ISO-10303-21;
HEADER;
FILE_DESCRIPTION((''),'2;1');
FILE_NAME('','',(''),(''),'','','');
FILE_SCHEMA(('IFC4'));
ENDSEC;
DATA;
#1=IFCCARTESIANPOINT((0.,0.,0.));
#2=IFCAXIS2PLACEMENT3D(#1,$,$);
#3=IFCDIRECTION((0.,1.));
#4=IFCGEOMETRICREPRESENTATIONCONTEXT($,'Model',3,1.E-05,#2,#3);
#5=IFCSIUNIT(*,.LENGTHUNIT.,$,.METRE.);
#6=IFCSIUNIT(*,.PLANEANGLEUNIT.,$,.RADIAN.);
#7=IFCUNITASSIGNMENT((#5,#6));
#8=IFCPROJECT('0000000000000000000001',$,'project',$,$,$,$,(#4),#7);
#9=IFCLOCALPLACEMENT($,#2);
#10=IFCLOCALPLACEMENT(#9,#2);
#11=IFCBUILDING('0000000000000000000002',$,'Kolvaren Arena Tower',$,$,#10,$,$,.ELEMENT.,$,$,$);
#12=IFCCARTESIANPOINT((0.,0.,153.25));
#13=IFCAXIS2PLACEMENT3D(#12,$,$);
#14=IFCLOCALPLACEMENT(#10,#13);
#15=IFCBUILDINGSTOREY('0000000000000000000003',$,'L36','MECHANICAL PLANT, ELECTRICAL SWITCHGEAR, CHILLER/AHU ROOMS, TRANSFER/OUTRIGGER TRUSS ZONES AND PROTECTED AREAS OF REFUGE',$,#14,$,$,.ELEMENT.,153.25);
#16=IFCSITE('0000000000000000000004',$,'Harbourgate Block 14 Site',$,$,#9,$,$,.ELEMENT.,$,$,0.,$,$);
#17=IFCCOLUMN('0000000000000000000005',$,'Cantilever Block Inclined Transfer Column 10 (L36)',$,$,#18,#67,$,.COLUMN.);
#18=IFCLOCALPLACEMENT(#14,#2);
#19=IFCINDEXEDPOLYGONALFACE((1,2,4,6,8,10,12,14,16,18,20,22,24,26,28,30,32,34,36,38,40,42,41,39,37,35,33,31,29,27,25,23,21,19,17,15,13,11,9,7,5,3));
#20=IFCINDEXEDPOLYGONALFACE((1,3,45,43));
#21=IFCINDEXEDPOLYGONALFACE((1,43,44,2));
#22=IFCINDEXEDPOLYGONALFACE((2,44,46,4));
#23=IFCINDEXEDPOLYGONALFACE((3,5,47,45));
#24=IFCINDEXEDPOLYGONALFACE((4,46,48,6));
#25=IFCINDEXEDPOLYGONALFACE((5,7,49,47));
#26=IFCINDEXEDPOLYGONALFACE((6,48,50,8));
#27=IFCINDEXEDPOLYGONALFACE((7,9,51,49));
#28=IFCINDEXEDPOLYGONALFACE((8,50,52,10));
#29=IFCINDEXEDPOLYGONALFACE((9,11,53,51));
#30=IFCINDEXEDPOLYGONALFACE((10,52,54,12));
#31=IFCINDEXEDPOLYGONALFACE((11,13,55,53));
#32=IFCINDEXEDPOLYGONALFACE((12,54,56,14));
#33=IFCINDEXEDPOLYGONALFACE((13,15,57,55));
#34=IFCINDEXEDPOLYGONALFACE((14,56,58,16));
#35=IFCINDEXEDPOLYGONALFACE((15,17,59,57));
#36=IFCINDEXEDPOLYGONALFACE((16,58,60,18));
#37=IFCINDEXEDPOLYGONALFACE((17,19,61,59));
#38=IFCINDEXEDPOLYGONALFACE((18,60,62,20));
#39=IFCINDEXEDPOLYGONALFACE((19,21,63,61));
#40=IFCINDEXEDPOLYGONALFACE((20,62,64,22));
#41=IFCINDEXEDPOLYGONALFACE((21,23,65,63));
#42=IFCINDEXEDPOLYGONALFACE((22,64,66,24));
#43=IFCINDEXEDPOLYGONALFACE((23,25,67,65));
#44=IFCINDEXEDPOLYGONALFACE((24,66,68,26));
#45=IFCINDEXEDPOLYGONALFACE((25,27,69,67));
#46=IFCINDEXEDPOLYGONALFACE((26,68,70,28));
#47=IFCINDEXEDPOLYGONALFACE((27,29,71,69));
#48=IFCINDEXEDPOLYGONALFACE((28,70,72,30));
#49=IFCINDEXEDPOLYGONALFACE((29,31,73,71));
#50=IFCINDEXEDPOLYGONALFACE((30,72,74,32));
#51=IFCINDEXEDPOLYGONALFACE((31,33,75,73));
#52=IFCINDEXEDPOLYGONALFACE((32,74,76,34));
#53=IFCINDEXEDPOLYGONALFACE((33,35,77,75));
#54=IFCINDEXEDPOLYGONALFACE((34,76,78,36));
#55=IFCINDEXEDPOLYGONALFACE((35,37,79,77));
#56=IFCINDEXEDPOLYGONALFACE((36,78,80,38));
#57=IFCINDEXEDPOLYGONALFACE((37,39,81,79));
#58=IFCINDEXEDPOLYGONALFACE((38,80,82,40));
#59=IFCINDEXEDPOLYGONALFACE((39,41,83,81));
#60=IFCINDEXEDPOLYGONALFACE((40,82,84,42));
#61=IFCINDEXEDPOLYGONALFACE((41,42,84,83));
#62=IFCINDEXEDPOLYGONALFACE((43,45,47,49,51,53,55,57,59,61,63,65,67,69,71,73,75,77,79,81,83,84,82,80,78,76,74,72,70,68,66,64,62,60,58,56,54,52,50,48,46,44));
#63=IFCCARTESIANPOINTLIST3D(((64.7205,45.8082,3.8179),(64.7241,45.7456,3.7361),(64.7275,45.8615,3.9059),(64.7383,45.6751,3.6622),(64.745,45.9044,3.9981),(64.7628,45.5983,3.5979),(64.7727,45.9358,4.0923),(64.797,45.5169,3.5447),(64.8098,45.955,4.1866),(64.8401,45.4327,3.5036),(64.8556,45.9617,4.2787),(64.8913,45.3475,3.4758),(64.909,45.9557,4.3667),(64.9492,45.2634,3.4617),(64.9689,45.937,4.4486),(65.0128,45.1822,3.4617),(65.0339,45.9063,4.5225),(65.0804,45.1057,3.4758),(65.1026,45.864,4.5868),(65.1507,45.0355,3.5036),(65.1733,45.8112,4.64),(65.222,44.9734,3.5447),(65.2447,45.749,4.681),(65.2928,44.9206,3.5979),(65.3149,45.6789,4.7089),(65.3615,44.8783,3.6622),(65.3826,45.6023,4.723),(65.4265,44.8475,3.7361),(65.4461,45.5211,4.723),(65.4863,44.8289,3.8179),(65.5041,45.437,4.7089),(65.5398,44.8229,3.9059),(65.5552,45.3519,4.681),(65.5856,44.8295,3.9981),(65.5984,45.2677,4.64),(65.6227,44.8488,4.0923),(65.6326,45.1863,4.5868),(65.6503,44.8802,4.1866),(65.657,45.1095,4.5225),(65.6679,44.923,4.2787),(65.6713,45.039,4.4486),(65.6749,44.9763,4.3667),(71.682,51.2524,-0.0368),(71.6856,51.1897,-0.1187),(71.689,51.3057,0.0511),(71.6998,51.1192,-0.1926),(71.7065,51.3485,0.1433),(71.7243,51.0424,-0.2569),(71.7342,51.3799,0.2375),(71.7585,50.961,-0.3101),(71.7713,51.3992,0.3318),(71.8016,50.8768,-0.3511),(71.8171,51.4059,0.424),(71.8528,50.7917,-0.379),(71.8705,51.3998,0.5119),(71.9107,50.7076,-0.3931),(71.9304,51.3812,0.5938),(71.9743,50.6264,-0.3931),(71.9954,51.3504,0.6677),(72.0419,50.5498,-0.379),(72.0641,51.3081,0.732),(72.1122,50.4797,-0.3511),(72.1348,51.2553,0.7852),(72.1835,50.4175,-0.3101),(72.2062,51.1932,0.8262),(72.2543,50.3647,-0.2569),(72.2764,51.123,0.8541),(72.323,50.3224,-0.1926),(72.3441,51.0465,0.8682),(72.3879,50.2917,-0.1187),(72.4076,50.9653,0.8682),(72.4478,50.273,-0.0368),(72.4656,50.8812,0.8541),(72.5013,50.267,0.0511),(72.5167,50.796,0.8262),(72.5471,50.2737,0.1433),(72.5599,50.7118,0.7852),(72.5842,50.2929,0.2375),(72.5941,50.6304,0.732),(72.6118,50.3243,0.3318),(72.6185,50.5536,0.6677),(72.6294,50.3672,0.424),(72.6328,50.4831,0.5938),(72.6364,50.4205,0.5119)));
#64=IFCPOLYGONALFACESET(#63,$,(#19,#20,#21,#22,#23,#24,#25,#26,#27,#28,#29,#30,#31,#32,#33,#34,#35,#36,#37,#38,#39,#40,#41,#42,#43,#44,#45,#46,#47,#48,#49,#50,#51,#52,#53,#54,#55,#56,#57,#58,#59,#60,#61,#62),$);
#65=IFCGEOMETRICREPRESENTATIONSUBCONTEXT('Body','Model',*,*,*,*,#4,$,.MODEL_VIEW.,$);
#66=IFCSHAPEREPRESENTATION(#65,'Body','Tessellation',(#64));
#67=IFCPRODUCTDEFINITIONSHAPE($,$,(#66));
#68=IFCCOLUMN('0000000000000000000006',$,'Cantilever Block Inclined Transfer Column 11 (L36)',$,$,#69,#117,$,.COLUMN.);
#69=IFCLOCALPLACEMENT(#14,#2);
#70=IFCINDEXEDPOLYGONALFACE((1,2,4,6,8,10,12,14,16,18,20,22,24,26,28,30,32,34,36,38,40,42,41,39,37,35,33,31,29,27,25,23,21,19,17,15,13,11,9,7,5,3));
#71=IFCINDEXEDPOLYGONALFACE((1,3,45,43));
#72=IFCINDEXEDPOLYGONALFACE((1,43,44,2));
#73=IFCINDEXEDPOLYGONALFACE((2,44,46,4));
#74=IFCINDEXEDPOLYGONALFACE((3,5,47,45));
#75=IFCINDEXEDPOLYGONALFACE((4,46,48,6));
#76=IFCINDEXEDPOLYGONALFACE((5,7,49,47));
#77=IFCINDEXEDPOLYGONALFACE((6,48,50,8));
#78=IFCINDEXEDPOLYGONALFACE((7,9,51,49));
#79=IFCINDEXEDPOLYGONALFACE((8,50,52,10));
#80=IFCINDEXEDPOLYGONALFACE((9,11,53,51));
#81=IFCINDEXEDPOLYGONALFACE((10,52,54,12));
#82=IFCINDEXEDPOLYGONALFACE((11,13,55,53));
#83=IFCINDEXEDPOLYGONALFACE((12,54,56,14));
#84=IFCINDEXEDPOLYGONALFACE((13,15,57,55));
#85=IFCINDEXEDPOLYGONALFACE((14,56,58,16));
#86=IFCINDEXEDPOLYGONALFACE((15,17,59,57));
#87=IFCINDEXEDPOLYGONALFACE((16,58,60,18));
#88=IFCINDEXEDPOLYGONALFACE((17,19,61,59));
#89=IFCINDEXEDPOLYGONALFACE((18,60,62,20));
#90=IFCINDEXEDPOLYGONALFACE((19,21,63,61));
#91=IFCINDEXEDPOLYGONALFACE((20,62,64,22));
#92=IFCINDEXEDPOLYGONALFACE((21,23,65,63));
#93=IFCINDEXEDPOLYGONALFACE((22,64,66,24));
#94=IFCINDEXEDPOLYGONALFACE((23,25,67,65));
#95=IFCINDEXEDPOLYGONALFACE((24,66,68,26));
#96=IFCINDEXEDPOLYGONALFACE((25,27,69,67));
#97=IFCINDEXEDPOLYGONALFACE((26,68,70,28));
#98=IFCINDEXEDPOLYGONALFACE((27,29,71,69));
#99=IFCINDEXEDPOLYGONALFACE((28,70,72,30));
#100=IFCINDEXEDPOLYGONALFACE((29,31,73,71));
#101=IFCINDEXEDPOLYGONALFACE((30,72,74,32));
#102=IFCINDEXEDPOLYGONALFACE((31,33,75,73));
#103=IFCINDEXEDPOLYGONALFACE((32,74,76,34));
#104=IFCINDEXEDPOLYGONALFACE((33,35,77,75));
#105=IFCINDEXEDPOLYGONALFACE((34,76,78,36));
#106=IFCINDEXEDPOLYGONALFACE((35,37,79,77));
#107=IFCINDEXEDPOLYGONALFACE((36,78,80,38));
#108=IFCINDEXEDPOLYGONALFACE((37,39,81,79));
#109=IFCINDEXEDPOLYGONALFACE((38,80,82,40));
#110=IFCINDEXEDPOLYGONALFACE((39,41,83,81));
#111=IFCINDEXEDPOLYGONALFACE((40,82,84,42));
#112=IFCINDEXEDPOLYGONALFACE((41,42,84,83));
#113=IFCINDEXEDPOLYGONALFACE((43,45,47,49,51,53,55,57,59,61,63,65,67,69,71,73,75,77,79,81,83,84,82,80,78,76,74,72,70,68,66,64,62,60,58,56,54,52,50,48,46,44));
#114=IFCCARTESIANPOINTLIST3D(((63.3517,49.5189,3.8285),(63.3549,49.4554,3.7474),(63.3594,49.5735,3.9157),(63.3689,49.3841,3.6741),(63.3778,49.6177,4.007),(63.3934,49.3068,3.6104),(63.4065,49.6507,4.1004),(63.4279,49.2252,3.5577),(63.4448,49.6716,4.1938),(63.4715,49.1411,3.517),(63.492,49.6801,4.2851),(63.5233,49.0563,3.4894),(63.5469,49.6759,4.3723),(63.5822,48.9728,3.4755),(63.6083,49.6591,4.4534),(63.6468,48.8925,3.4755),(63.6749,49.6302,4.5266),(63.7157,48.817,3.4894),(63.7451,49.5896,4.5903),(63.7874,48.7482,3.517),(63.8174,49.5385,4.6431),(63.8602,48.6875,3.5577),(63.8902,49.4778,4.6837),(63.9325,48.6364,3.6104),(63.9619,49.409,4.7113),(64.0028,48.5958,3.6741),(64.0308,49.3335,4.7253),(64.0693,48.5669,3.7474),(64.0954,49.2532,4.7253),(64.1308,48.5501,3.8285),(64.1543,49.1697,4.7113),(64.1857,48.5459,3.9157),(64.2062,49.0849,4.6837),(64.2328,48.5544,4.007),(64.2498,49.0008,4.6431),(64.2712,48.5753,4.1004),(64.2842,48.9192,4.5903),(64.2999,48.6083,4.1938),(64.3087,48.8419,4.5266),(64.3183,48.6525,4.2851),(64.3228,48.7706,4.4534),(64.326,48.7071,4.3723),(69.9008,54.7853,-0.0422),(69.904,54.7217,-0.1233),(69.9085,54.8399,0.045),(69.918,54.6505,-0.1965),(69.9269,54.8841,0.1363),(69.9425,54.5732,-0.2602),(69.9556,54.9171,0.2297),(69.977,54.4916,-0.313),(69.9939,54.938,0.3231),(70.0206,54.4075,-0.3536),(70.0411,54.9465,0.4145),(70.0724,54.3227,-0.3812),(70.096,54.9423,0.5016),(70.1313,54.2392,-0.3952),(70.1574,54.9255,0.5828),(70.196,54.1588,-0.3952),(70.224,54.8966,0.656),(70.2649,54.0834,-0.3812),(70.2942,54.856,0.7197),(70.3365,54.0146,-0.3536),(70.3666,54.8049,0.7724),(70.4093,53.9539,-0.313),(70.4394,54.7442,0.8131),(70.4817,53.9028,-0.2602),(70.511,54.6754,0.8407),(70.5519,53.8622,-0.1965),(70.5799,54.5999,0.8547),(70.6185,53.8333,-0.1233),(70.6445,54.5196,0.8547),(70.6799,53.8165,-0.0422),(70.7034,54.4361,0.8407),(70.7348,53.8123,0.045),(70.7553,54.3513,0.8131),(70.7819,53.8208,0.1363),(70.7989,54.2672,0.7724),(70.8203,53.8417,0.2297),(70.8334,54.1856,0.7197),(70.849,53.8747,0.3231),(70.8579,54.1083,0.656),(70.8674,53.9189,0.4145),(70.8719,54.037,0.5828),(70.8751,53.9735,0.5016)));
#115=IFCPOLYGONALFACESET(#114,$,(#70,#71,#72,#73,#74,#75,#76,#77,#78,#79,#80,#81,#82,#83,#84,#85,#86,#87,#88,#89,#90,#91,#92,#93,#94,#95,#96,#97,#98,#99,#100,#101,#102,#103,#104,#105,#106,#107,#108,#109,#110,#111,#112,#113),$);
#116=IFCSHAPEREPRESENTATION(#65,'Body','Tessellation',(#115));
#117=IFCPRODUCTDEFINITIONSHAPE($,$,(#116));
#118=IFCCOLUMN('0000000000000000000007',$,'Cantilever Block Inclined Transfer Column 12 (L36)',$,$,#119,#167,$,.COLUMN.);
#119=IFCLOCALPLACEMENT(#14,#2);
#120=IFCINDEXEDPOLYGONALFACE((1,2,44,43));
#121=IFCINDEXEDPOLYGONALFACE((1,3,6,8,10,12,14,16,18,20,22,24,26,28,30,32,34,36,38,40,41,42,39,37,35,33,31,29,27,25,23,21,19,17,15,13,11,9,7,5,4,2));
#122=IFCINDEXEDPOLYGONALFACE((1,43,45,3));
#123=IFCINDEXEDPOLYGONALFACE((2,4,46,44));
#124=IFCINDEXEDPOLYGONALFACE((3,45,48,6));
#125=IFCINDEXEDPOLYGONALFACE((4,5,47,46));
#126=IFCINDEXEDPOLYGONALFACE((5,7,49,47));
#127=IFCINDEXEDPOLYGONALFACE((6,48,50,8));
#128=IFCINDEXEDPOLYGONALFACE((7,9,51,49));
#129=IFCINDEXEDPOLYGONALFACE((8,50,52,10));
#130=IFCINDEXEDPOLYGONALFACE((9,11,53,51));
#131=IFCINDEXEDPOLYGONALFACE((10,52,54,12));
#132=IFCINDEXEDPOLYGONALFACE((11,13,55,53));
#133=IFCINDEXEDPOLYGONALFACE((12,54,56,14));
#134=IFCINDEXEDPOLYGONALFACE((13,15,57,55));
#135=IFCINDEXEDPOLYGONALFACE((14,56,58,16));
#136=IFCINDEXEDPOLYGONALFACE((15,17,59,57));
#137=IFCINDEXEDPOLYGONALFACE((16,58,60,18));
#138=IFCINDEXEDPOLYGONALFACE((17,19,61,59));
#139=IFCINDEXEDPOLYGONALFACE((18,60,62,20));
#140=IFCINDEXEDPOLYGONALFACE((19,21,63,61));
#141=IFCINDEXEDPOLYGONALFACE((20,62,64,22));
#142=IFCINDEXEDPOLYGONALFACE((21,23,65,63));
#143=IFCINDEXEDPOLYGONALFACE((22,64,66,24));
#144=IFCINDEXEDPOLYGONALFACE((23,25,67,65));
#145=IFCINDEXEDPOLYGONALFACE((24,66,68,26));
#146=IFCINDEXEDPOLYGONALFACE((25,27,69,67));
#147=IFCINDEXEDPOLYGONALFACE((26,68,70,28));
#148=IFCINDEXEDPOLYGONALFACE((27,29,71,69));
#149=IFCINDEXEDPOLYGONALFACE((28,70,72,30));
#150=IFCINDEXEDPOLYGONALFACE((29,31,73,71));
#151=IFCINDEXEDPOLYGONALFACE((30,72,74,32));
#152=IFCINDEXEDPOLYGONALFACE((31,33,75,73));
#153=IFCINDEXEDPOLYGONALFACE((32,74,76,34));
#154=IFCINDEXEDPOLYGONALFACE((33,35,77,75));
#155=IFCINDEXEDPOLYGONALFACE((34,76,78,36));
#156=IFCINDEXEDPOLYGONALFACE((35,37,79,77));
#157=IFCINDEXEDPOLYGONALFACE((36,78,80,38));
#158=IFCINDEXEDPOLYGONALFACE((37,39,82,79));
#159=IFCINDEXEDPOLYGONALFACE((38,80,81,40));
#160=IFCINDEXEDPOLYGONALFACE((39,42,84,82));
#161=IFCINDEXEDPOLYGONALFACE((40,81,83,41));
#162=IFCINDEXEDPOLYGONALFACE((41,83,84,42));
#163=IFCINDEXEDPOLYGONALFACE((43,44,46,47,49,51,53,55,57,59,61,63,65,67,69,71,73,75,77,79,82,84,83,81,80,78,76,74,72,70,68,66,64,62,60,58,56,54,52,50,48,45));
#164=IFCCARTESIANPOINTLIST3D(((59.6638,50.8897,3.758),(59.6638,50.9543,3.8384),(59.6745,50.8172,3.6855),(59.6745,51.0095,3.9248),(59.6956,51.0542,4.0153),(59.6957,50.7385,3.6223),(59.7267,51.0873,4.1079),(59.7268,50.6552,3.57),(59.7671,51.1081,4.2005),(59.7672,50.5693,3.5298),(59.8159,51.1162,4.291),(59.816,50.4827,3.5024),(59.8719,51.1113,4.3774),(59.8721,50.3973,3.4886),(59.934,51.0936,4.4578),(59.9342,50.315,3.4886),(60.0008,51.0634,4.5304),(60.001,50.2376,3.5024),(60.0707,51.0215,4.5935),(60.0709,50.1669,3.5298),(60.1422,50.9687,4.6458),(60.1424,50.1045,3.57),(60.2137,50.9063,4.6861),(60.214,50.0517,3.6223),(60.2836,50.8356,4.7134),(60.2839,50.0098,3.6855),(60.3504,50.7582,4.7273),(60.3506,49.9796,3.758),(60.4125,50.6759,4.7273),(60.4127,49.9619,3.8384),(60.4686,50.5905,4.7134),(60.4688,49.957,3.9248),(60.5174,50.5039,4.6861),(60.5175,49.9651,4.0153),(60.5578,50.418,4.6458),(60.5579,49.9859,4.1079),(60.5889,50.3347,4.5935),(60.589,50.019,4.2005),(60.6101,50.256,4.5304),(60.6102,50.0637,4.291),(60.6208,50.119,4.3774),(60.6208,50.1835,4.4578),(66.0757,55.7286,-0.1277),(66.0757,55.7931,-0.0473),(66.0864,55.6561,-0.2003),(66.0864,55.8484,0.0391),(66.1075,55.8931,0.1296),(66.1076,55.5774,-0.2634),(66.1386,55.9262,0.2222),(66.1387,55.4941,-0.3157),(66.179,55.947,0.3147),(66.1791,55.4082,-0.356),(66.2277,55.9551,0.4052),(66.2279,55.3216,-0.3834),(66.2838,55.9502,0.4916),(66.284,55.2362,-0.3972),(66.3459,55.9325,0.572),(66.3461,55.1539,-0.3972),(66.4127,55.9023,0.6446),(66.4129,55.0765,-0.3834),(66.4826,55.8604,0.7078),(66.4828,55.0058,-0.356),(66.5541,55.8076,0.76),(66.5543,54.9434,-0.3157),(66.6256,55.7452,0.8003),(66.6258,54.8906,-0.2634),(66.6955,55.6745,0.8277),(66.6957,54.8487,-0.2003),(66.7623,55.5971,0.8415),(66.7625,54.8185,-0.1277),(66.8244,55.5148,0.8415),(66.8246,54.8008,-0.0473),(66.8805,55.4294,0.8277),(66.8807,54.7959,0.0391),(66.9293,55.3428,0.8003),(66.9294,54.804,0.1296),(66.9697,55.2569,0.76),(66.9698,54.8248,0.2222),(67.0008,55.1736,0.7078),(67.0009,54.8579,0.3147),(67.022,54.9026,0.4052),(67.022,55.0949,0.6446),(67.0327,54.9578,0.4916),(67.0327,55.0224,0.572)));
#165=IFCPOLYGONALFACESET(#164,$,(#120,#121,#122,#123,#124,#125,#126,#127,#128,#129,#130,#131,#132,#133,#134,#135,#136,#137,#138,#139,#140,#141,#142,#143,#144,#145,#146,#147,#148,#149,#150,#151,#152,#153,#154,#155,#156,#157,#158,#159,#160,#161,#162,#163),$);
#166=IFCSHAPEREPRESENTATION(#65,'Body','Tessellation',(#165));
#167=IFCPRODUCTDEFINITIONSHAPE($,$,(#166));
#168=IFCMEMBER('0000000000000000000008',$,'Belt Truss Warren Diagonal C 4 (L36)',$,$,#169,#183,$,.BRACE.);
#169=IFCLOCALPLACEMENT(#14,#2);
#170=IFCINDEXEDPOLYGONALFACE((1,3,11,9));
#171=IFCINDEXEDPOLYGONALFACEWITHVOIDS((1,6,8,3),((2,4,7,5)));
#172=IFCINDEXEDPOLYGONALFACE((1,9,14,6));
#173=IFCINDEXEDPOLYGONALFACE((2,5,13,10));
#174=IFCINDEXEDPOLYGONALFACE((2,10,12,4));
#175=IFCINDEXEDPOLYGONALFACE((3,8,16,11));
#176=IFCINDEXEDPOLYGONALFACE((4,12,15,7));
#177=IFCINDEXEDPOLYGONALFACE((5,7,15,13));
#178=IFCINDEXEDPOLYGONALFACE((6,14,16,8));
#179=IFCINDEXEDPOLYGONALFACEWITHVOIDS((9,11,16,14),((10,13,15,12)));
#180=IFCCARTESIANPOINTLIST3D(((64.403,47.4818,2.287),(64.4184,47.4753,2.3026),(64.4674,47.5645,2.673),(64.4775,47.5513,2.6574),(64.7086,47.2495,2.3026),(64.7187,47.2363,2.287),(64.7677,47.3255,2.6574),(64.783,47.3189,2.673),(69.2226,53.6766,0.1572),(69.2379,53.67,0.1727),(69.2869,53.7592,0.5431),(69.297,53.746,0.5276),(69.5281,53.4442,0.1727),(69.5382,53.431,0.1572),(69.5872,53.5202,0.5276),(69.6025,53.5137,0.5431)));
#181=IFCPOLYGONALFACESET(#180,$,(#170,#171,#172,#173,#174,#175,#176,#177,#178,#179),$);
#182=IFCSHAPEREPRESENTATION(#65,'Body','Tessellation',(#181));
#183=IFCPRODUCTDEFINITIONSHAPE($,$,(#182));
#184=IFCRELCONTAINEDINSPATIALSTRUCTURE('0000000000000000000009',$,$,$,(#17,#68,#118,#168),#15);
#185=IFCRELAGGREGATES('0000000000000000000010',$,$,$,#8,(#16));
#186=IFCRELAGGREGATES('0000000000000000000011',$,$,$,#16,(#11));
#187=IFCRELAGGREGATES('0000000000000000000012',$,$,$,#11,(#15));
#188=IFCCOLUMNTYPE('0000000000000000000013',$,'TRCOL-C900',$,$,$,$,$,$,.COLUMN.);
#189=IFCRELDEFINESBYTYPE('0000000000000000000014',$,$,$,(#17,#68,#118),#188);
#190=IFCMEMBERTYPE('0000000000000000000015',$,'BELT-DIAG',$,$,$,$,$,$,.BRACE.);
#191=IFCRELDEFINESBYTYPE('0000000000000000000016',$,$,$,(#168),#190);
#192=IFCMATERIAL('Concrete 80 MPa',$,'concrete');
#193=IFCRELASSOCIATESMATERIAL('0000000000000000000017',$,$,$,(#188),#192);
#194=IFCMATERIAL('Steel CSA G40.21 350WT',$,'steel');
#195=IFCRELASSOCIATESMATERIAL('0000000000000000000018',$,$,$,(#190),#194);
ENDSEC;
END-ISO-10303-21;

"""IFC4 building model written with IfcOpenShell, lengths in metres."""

from ifc_helpers import new_model, si_unit, direction, frame, origin, origin_2d, place, context, subcontext, project, spatial, hollow_rectangle, circle, extrude, material, material_profile, profile_set, type_object, element, save


model = new_model("IFC4")

# Units and contexts
model_context = context("Model", 3, precision=1e-05, world=origin(), true_north=direction((0.0, 1.0)))
body_context = subcontext(model_context, "Body", "Model", "MODEL_VIEW")
ifc_project = project(units=[si_unit("LENGTHUNIT", "METRE"), si_unit("PLANEANGLEUNIT", "RADIAN")], contexts=[model_context])

# Site, building, storey
site_placement = place(None, origin())
site = spatial("IfcSite", under=ifc_project, at=site_placement, Name="Harbourgate Block 14 Site", CompositionType="ELEMENT", RefElevation=0.0)
building_placement = place(site_placement, origin())
building = spatial("IfcBuilding", under=site, at=building_placement, Name="Kolvaren Arena Tower", CompositionType="ELEMENT")
storey_placement = place(building_placement, frame((0.0, 0.0, 153.25)))
storey = spatial("IfcBuildingStorey", under=building, at=storey_placement, Name="L36", Description="MECHANICAL PLANT, ELECTRICAL SWITCHGEAR, CHILLER/AHU ROOMS, TRANSFER/OUTRIGGER TRUSS ZONES AND PROTECTED AREAS OF REFUGE", CompositionType="ELEMENT", Elevation=153.25)

# Columns
ifc_material_1 = material(Name="Concrete 80 MPa", Category="concrete")
ifc_material_profile_1 = material_profile(ifc_material_1, circle(Radius=0.6899, at=origin_2d()), Name="RC-CIRC-1380")
ifc_profile_set_1 = profile_set([ifc_material_profile_1], Name="Concrete 80 MPa")
column_type = type_object("IfcColumnType", Name="TRCOL-C900", PredefinedType="COLUMN", material=ifc_profile_set_1)
column_1_placement = place(storey_placement, frame((72.1592, 50.8364, 0.2375), z_axis=(-0.722027, -0.564652, 0.399807), x_axis=(0.616029, -0.787724, 0.0)))
element("IfcColumn", 1, at=column_1_placement, inside=storey, type_object=column_type, Name="Cantilever Block Inclined Transfer Column 10 (L36)", PredefinedType="COLUMN", context=body_context, shape_type="SweptSolid", body=[
    extrude(circle(Radius=0.6899, at=origin_2d()), origin(), (0.0, 0.0, 1.0), 9.6416),
])
column_2_placement = place(storey_placement, frame((70.3879, 54.3794, 0.2297), z_axis=(-0.707826, -0.56919, 0.418336), x_axis=(0.626659, -0.779293, 0.0)))
element("IfcColumn", 2, at=column_2_placement, inside=storey, type_object=column_type, Name="Cantilever Block Inclined Transfer Column 11 (L36)", PredefinedType="COLUMN", context=body_context, shape_type="SweptSolid", body=[
    extrude(circle(Radius=0.6899, at=origin_2d()), origin(), (0.0, 0.0, 1.0), 9.2524),
])
column_3_placement = place(storey_placement, frame((66.5542, 55.3755, 0.2222), z_axis=(-0.718552, -0.542272, 0.435459), x_axis=(0.602385, -0.798206, 0.0)))
element("IfcColumn", 3, at=column_3_placement, inside=storey, type_object=column_type, Name="Cantilever Block Inclined Transfer Column 12 (L36)", PredefinedType="COLUMN", context=body_context, shape_type="SweptSolid", body=[
    extrude(circle(Radius=0.6899, at=origin_2d()), origin(), (0.0, 0.0, 1.0), 8.9233),
])

# Member
ifc_material_2 = material(Name="Steel CSA G40.21 350WT", Category="steel")
ifc_material_profile_2 = material_profile(ifc_material_2, hollow_rectangle(XDim=0.3999, YDim=0.3999, WallThickness=0.0161, at=origin_2d()), Name="HSS 400x400x16")
ifc_profile_set_2 = profile_set([ifc_material_profile_2], Name="Steel CSA G40.21 350WT")
member_type_1 = type_object("IfcMemberType", Name="BELT-DIAG", PredefinedType="BRACE", material=ifc_profile_set_2)
member_1_placement = place(storey_placement, frame((64.593, 47.4004, 2.48), z_axis=(0.592618, 0.761719, -0.261892), x_axis=(-0.789267, 0.61405, 0.0)))
element("IfcMember", 4, at=member_1_placement, inside=storey, type_object=member_type_1, Name="Belt Truss Warren Diagonal C 4 (L36)", PredefinedType="BRACE", context=body_context, shape_type="SweptSolid", body=[
    extrude(hollow_rectangle(XDim=0.3999, YDim=0.3999, WallThickness=0.0161, at=origin_2d()), origin(), (0.0, 0.0, 1.0), 8.1326),
])

save(model, "model.ifc")
